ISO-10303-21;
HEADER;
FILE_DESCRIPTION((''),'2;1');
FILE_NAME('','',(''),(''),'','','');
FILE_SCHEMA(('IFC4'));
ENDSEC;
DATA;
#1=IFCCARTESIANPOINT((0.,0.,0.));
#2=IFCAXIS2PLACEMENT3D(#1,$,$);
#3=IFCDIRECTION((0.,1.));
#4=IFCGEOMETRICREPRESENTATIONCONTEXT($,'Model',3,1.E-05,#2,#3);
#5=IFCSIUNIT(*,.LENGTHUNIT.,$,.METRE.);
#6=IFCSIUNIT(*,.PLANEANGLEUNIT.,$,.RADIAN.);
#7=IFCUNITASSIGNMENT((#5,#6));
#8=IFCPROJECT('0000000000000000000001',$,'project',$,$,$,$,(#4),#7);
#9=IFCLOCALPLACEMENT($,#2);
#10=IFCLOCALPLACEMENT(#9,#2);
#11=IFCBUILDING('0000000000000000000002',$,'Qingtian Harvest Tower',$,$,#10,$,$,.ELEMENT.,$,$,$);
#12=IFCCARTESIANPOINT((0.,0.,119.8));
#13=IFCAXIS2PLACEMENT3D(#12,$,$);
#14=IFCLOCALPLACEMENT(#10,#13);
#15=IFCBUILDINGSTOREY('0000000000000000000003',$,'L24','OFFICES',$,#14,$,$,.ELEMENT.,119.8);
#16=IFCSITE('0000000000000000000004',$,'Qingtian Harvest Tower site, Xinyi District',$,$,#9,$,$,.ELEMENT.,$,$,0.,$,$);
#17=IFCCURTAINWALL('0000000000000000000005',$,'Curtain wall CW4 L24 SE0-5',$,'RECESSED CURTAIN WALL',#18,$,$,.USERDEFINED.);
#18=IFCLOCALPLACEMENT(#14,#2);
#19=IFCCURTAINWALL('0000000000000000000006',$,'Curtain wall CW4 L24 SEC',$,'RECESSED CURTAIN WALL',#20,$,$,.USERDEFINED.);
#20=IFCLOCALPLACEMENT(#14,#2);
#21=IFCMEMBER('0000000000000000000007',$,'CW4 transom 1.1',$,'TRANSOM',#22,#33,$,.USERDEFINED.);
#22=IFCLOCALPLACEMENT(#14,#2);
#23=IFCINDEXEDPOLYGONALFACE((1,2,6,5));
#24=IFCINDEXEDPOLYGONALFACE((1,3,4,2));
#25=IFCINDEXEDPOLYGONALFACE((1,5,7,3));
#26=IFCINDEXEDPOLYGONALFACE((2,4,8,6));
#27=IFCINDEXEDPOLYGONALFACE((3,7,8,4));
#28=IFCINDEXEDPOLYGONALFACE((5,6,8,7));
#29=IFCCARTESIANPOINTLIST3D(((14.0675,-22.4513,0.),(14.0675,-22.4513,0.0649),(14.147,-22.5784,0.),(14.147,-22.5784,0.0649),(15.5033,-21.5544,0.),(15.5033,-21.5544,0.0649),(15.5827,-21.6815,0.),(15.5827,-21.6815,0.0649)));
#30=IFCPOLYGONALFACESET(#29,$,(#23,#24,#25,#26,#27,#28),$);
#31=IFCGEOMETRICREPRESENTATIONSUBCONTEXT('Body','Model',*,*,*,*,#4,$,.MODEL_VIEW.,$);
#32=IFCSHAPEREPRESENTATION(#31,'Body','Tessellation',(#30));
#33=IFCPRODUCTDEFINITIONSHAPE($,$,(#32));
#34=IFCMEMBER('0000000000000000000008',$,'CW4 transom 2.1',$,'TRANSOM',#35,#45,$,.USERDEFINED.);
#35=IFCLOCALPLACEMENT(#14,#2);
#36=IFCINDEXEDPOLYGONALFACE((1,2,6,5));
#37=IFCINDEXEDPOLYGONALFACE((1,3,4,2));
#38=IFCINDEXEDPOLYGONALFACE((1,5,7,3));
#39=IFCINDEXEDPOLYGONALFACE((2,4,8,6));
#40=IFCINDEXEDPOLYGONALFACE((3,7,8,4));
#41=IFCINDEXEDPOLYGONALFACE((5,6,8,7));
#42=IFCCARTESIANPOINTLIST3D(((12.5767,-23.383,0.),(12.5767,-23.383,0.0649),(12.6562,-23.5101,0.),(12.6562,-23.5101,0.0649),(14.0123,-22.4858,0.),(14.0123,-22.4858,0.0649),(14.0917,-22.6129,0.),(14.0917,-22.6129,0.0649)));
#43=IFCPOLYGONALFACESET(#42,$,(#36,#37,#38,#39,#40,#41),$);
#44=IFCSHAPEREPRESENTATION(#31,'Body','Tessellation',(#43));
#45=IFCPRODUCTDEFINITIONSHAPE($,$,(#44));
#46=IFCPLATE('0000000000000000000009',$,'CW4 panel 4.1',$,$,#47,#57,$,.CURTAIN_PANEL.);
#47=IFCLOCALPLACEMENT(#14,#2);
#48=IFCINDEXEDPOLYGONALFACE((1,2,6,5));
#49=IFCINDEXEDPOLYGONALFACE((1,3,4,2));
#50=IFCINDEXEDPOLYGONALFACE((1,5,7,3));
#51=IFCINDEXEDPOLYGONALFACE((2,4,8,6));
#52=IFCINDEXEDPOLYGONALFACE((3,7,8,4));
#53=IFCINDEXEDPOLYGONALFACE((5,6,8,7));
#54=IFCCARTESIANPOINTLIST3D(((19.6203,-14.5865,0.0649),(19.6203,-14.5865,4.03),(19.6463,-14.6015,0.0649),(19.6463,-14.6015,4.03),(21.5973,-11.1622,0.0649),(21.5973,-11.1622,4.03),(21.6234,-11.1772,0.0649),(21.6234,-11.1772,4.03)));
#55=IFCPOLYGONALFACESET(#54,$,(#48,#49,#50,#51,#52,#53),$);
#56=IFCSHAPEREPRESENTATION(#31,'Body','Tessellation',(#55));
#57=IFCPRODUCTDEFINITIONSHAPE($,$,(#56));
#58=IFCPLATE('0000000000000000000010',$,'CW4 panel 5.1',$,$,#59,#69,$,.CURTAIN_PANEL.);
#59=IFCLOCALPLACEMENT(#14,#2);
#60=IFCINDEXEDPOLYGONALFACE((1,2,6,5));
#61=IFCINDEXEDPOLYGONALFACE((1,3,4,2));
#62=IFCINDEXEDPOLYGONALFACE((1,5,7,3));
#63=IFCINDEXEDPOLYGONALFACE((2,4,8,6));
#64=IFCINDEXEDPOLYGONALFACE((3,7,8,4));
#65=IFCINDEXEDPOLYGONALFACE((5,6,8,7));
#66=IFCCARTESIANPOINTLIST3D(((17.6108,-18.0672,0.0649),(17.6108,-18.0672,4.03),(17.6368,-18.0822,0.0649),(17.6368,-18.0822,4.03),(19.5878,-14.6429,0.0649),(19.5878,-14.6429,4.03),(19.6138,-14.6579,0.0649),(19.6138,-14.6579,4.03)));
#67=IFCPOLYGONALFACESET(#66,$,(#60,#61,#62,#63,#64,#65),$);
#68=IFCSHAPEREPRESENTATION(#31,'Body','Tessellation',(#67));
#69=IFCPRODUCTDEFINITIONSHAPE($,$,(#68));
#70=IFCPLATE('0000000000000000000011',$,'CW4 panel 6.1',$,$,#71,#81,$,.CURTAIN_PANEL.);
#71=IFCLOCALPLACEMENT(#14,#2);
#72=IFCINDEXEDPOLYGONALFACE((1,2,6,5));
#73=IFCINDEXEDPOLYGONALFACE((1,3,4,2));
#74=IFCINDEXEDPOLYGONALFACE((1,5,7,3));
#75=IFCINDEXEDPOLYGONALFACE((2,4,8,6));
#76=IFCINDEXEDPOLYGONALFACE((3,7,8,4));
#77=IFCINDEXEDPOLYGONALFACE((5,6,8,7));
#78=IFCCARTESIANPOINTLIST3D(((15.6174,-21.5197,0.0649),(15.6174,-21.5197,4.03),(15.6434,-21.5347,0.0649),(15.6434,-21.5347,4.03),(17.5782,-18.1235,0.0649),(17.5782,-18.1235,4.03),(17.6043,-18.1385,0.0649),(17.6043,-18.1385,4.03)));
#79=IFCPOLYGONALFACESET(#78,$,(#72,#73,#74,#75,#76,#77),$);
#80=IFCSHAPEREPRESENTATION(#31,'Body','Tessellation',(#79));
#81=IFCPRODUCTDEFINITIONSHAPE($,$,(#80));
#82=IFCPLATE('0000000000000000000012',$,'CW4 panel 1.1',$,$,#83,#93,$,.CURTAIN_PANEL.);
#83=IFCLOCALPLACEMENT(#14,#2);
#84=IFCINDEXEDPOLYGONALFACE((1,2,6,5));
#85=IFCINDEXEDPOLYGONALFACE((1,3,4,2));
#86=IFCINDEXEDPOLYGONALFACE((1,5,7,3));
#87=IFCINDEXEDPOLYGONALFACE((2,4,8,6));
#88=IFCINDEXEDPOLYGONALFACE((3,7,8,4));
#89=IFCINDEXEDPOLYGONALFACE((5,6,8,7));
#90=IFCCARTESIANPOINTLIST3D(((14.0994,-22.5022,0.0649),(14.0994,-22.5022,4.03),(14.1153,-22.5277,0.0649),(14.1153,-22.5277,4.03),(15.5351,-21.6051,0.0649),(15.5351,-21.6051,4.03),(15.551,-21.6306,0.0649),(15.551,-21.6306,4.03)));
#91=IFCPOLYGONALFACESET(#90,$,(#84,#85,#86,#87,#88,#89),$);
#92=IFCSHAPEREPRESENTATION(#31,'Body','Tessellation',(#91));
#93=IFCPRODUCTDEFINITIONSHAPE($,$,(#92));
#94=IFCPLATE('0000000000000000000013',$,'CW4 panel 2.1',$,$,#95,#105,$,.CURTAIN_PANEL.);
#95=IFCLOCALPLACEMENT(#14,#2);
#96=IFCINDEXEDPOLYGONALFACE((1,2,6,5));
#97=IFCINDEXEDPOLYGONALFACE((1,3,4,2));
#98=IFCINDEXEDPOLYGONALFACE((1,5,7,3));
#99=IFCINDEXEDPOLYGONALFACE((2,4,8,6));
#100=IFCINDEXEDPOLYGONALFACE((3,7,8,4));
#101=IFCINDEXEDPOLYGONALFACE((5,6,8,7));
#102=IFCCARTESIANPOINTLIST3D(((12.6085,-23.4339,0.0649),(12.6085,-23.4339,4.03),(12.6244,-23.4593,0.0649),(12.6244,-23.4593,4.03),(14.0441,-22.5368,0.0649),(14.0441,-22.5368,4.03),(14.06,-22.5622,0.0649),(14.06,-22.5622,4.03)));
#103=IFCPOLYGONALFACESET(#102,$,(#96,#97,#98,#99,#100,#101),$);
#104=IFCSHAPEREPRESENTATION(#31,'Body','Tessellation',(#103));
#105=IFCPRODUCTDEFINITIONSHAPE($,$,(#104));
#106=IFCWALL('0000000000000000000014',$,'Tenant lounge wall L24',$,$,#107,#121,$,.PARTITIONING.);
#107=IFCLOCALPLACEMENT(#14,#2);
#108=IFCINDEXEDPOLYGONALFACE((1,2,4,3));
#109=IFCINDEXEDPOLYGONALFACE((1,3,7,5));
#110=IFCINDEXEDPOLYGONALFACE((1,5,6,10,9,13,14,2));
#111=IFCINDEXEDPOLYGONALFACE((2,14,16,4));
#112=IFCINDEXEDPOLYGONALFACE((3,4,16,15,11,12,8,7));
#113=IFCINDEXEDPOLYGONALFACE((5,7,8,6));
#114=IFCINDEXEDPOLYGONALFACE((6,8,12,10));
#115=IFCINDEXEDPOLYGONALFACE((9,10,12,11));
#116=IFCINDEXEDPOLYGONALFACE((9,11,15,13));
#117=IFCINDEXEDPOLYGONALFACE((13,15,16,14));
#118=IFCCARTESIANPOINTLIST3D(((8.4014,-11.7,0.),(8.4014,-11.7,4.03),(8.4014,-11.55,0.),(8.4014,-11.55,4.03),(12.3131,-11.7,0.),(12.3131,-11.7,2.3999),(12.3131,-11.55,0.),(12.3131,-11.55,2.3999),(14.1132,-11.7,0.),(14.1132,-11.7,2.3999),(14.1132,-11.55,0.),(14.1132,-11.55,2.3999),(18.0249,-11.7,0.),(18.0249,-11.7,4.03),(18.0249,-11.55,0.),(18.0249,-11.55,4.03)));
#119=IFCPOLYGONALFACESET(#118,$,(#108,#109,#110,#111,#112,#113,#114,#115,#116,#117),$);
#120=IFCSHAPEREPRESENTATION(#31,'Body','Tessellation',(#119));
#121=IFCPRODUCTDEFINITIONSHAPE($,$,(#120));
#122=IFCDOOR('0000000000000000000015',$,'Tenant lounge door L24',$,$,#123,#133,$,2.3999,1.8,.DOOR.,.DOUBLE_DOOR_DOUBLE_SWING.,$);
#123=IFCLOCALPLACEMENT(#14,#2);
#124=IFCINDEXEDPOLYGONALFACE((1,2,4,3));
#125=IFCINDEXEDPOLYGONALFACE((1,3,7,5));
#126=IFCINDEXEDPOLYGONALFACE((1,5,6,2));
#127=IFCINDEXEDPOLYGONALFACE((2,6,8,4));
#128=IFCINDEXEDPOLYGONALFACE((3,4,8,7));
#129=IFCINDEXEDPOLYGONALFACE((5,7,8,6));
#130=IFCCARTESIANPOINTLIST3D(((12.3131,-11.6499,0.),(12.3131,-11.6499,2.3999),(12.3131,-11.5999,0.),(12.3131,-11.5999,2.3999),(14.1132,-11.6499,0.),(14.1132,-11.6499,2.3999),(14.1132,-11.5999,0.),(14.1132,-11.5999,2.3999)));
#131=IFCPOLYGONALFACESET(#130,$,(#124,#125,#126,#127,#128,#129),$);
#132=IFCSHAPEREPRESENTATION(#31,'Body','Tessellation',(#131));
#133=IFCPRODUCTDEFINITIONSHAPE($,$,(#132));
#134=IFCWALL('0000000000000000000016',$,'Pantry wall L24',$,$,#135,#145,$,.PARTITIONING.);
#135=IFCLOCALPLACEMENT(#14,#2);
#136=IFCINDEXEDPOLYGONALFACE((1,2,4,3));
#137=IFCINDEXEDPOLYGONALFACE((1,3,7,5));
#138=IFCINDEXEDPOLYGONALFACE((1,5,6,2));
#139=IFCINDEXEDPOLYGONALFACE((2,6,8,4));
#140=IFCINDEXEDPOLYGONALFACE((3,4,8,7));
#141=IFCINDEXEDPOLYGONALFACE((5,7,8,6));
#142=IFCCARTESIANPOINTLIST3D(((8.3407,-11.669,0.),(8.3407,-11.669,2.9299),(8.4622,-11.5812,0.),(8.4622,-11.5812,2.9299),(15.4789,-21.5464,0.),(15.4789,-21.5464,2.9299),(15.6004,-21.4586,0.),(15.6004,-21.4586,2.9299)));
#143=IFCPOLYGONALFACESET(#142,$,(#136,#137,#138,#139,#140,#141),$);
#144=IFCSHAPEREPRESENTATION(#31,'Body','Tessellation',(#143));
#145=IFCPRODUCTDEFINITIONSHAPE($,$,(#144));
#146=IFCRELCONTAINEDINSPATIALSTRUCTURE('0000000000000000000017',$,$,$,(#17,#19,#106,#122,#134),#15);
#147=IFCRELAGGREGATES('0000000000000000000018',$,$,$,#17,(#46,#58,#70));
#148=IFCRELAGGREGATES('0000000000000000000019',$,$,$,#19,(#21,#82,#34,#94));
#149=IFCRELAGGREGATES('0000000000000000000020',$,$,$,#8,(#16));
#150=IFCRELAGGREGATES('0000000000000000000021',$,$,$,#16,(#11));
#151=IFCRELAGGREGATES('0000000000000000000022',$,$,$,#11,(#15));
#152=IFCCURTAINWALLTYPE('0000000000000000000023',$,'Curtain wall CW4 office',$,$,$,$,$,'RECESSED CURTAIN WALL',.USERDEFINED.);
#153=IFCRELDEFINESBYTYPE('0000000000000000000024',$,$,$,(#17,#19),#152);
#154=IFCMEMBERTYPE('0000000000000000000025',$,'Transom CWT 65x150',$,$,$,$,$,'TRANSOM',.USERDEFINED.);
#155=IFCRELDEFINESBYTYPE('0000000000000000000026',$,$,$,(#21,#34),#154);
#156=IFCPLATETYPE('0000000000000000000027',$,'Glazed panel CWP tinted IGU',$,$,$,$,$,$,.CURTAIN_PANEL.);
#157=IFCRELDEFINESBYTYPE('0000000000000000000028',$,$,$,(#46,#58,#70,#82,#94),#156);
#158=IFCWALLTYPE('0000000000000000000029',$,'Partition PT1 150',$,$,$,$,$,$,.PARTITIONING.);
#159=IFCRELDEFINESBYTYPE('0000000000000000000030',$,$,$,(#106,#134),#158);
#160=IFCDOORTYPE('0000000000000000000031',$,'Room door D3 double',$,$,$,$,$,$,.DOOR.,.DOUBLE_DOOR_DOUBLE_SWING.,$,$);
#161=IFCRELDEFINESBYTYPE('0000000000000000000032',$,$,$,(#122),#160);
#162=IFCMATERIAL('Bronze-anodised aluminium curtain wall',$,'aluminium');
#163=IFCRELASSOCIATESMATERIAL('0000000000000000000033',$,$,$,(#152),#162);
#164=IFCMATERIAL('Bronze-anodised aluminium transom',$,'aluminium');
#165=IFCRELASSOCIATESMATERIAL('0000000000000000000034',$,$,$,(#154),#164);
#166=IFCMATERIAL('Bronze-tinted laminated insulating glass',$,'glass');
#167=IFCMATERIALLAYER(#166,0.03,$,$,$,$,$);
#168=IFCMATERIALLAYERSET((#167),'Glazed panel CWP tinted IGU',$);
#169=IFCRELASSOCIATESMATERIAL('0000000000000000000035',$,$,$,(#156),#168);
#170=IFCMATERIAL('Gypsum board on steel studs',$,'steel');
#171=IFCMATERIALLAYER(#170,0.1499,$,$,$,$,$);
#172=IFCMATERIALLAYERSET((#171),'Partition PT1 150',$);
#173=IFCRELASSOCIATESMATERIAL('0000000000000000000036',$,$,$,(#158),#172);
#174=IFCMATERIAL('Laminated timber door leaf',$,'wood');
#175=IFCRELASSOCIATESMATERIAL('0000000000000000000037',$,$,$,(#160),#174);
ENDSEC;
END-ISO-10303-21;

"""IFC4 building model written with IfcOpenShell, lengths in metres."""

from ifc_helpers import new_model, si_unit, direction, frame, frame_2d, origin, origin_2d, place, context, subcontext, project, spatial, rectangle, extrude, material, layer, layer_set, material_profile, profile_set, type_object, element, fill, aggregate, save


model = new_model("IFC4")

# Units and contexts
model_context = context("Model", 3, precision=1e-05, world=origin(), true_north=direction((0.0, 1.0)))
body_context = subcontext(model_context, "Body", "Model", "MODEL_VIEW")
ifc_project = project(units=[si_unit("LENGTHUNIT", "METRE"), si_unit("PLANEANGLEUNIT", "RADIAN")], contexts=[model_context])

# Site, building, storey
site_placement = place(None, origin())
site = spatial("IfcSite", under=ifc_project, at=site_placement, Name="Qingtian Harvest Tower site, Xinyi District", CompositionType="ELEMENT", RefElevation=0.0)
building_placement = place(site_placement, origin())
building = spatial("IfcBuilding", under=site, at=building_placement, Name="Qingtian Harvest Tower", CompositionType="ELEMENT")
storey_placement = place(building_placement, frame((0.0, 0.0, 119.8)))
storey = spatial("IfcBuildingStorey", under=building, at=storey_placement, Name="L24", Description="OFFICES", CompositionType="ELEMENT", Elevation=119.8)

# Curtain walls
ifc_material_1 = material(Name="Bronze-anodised aluminium curtain wall", Category="aluminium")
curtain_wall_type = type_object("IfcCurtainWallType", Name="Curtain wall CW4 office", ElementType="RECESSED CURTAIN WALL", PredefinedType="USERDEFINED", material=ifc_material_1)
curtain_wall_1_placement = place(storey_placement, origin())
curtain_wall_1 = element("IfcCurtainWall", 1, at=curtain_wall_1_placement, inside=storey, type_object=curtain_wall_type, Name="Curtain wall CW4 L24 SE0-5", ObjectType="RECESSED CURTAIN WALL", PredefinedType="USERDEFINED")
curtain_wall_2_placement = place(storey_placement, origin())
curtain_wall_2 = element("IfcCurtainWall", 2, at=curtain_wall_2_placement, inside=storey, type_object=curtain_wall_type, Name="Curtain wall CW4 L24 SEC", ObjectType="RECESSED CURTAIN WALL", PredefinedType="USERDEFINED")

# Members
ifc_material_2 = material(Name="Bronze-anodised aluminium transom", Category="aluminium")
ifc_material_profile_1 = material_profile(ifc_material_2, rectangle(XDim=0.1499, YDim=0.0649, at=origin_2d()), Name="AL 65x150")
ifc_profile_set_1 = profile_set([ifc_material_profile_1], Name="Bronze-anodised aluminium transom")
member_type_1 = type_object("IfcMemberType", Name="Transom CWT 65x150", ElementType="TRANSOM", PredefinedType="USERDEFINED", material=ifc_profile_set_1)
member_1_placement = place(storey_placement, frame((15.543, -21.6179, 0.0325), z_axis=(-0.848104, -0.52983, 0.0), x_axis=(0.52983, -0.848104, 0.0)))
member_1 = element("IfcMember", 3, at=member_1_placement, type_object=member_type_1, Name="CW4 transom 1.1", ObjectType="TRANSOM", PredefinedType="USERDEFINED", context=body_context, shape_type="SweptSolid", body=[
    extrude(rectangle(XDim=0.1499, YDim=0.0649, at=origin_2d()), origin(), (0.0, 0.0, 1.0), 1.6929),
])
member_2_placement = place(storey_placement, frame((14.052, -22.5493, 0.0325), z_axis=(-0.847998, -0.529999, 0.0), x_axis=(0.529999, -0.847998, 0.0)))
member_2 = element("IfcMember", 4, at=member_2_placement, type_object=member_type_1, Name="CW4 transom 2.1", ObjectType="TRANSOM", PredefinedType="USERDEFINED", context=body_context, shape_type="SweptSolid", body=[
    extrude(rectangle(XDim=0.1499, YDim=0.0649, at=origin_2d()), origin(), (0.0, 0.0, 1.0), 1.6929),
])

# Plates
ifc_material_3 = material(Name="Bronze-tinted laminated insulating glass", Category="glass")
ifc_layer_1 = layer(ifc_material_3, 0.03)
ifc_layer_set_1 = layer_set([ifc_layer_1], Name="Glazed panel CWP tinted IGU")
plate_type = type_object("IfcPlateType", Name="Glazed panel CWP tinted IGU", PredefinedType="CURTAIN_PANEL", material=ifc_layer_set_1)
plate_1_placement = place(storey_placement, frame((20.6218, -12.8818, 0.0649), z_axis=(0.0, 0.0, 1.0), x_axis=(-0.5, -0.866025, 0.0)))
plate_1 = element("IfcPlate", 5, at=plate_1_placement, type_object=plate_type, Name="CW4 panel 4.1", PredefinedType="CURTAIN_PANEL", context=body_context, shape_type="SweptSolid", body=[
    extrude(rectangle(XDim=3.9541, YDim=0.03, at=origin_2d()), origin(), (0.0, 0.0, 1.0), 3.9651),
])
plate_2_placement = place(storey_placement, frame((18.6123, -16.3625, 0.0649), z_axis=(0.0, 0.0, 1.0), x_axis=(-0.5, -0.866025, 0.0)))
plate_2 = element("IfcPlate", 6, at=plate_2_placement, type_object=plate_type, Name="CW4 panel 5.1", PredefinedType="CURTAIN_PANEL", context=body_context, shape_type="SweptSolid", body=[
    extrude(rectangle(XDim=3.9541, YDim=0.03, at=origin_2d()), origin(), (0.0, 0.0, 1.0), 3.9651),
])
plate_3_placement = place(storey_placement, frame((16.6108, -19.8291, 0.0649), z_axis=(0.0, 0.0, 1.0), x_axis=(-0.5, -0.866025, 0.0)))
plate_3 = element("IfcPlate", 7, at=plate_3_placement, type_object=plate_type, Name="CW4 panel 6.1", PredefinedType="CURTAIN_PANEL", context=body_context, shape_type="SweptSolid", body=[
    extrude(rectangle(XDim=3.9216, YDim=0.03, at=origin_2d()), origin(), (0.0, 0.0, 1.0), 3.9651),
])
aggregate(curtain_wall_1, [plate_1, plate_2, plate_3])
plate_4_placement = place(storey_placement, frame((14.8252, -22.0664, 0.0649), z_axis=(0.0, 0.0, 1.0), x_axis=(-0.848048, -0.529919, 0.0)))
plate_4 = element("IfcPlate", 8, at=plate_4_placement, type_object=plate_type, Name="CW4 panel 1.1", PredefinedType="CURTAIN_PANEL", context=body_context, shape_type="SweptSolid", body=[
    extrude(rectangle(XDim=1.6929, YDim=0.03, at=origin_2d()), origin(), (0.0, 0.0, 1.0), 3.9651),
])
plate_5_placement = place(storey_placement, frame((13.3342, -22.998, 0.0649), z_axis=(0.0, 0.0, 1.0), x_axis=(-0.848048, -0.529919, 0.0)))
plate_5 = element("IfcPlate", 9, at=plate_5_placement, type_object=plate_type, Name="CW4 panel 2.1", PredefinedType="CURTAIN_PANEL", context=body_context, shape_type="SweptSolid", body=[
    extrude(rectangle(XDim=1.6929, YDim=0.03, at=origin_2d()), origin(), (0.0, 0.0, 1.0), 3.9651),
])
aggregate(curtain_wall_2, [member_1, plate_4, member_2, plate_5])

# Wall, opening, door
ifc_material_4 = material(Name="Gypsum board on steel studs", Category="steel")
ifc_layer_2 = layer(ifc_material_4, 0.1499)
ifc_layer_set_2 = layer_set([ifc_layer_2], Name="Partition PT1 150")
wall_type = type_object("IfcWallType", Name="Partition PT1 150", PredefinedType="PARTITIONING", material=ifc_layer_set_2)
wall_1_placement = place(storey_placement, frame((18.0249, -11.625, 0.0), z_axis=(0.0, 0.0, 1.0), x_axis=(-1.0, 0.0, 0.0)))
wall_1 = element("IfcWall", 10, at=wall_1_placement, inside=storey, type_object=wall_type, Name="Tenant lounge wall L24", PredefinedType="PARTITIONING", context=body_context, shape_type="SweptSolid", body=[
    extrude(rectangle(XDim=9.6235, YDim=0.1499, at=frame_2d((4.8118, 0.0))), origin(), (0.0, 0.0, 1.0), 4.03),
])
opening_placement = place(wall_1_placement, frame((3.9119, 0.0, 0.0)))
opening = element("IfcOpeningElement", 11, at=opening_placement, cuts=wall_1, PredefinedType="OPENING", context=body_context, shape_type="SweptSolid", body=[
    extrude(rectangle(XDim=1.8, YDim=2.3999, at=frame_2d((0.8999, 1.2))), frame((0.0, 0.085, 0.0), z_axis=(0.0, -1.0, 0.0), x_axis=(1.0, 0.0, 0.0)), (0.0, 0.0, 1.0), 0.1699),
])
ifc_material_5 = material(Name="Laminated timber door leaf", Category="wood")
door_type = type_object("IfcDoorType", Name="Room door D3 double", OperationType="DOUBLE_DOOR_DOUBLE_SWING", PredefinedType="DOOR", material=ifc_material_5)
door_placement = place(opening_placement, origin())
door = element("IfcDoor", 12, at=door_placement, inside=storey, type_object=door_type, Name="Tenant lounge door L24", OperationType="DOUBLE_DOOR_DOUBLE_SWING", OverallHeight=2.3999, OverallWidth=1.8, PredefinedType="DOOR", context=body_context, shape_type="SweptSolid", body=[
    extrude(rectangle(XDim=1.8, YDim=2.3999, at=frame_2d((0.8999, 1.2))), frame((0.0, 0.0249, 0.0), z_axis=(0.0, -1.0, 0.0), x_axis=(1.0, 0.0, 0.0)), (0.0, 0.0, 1.0), 0.05),
])
fill(opening, door)

# Wall
wall_2_placement = place(storey_placement, frame((15.5396, -21.5024, 0.0), z_axis=(0.0, 0.0, 1.0), x_axis=(-0.585732, 0.810505, 0.0)))
element("IfcWall", 13, at=wall_2_placement, inside=storey, type_object=wall_type, Name="Pantry wall L24", PredefinedType="PARTITIONING", context=body_context, shape_type="SweptSolid", body=[
    extrude(rectangle(XDim=12.1868, YDim=0.1499, at=frame_2d((6.0933, 0.0))), origin(), (0.0, 0.0, 1.0), 2.9299),
])

save(model, "model.ifc")
